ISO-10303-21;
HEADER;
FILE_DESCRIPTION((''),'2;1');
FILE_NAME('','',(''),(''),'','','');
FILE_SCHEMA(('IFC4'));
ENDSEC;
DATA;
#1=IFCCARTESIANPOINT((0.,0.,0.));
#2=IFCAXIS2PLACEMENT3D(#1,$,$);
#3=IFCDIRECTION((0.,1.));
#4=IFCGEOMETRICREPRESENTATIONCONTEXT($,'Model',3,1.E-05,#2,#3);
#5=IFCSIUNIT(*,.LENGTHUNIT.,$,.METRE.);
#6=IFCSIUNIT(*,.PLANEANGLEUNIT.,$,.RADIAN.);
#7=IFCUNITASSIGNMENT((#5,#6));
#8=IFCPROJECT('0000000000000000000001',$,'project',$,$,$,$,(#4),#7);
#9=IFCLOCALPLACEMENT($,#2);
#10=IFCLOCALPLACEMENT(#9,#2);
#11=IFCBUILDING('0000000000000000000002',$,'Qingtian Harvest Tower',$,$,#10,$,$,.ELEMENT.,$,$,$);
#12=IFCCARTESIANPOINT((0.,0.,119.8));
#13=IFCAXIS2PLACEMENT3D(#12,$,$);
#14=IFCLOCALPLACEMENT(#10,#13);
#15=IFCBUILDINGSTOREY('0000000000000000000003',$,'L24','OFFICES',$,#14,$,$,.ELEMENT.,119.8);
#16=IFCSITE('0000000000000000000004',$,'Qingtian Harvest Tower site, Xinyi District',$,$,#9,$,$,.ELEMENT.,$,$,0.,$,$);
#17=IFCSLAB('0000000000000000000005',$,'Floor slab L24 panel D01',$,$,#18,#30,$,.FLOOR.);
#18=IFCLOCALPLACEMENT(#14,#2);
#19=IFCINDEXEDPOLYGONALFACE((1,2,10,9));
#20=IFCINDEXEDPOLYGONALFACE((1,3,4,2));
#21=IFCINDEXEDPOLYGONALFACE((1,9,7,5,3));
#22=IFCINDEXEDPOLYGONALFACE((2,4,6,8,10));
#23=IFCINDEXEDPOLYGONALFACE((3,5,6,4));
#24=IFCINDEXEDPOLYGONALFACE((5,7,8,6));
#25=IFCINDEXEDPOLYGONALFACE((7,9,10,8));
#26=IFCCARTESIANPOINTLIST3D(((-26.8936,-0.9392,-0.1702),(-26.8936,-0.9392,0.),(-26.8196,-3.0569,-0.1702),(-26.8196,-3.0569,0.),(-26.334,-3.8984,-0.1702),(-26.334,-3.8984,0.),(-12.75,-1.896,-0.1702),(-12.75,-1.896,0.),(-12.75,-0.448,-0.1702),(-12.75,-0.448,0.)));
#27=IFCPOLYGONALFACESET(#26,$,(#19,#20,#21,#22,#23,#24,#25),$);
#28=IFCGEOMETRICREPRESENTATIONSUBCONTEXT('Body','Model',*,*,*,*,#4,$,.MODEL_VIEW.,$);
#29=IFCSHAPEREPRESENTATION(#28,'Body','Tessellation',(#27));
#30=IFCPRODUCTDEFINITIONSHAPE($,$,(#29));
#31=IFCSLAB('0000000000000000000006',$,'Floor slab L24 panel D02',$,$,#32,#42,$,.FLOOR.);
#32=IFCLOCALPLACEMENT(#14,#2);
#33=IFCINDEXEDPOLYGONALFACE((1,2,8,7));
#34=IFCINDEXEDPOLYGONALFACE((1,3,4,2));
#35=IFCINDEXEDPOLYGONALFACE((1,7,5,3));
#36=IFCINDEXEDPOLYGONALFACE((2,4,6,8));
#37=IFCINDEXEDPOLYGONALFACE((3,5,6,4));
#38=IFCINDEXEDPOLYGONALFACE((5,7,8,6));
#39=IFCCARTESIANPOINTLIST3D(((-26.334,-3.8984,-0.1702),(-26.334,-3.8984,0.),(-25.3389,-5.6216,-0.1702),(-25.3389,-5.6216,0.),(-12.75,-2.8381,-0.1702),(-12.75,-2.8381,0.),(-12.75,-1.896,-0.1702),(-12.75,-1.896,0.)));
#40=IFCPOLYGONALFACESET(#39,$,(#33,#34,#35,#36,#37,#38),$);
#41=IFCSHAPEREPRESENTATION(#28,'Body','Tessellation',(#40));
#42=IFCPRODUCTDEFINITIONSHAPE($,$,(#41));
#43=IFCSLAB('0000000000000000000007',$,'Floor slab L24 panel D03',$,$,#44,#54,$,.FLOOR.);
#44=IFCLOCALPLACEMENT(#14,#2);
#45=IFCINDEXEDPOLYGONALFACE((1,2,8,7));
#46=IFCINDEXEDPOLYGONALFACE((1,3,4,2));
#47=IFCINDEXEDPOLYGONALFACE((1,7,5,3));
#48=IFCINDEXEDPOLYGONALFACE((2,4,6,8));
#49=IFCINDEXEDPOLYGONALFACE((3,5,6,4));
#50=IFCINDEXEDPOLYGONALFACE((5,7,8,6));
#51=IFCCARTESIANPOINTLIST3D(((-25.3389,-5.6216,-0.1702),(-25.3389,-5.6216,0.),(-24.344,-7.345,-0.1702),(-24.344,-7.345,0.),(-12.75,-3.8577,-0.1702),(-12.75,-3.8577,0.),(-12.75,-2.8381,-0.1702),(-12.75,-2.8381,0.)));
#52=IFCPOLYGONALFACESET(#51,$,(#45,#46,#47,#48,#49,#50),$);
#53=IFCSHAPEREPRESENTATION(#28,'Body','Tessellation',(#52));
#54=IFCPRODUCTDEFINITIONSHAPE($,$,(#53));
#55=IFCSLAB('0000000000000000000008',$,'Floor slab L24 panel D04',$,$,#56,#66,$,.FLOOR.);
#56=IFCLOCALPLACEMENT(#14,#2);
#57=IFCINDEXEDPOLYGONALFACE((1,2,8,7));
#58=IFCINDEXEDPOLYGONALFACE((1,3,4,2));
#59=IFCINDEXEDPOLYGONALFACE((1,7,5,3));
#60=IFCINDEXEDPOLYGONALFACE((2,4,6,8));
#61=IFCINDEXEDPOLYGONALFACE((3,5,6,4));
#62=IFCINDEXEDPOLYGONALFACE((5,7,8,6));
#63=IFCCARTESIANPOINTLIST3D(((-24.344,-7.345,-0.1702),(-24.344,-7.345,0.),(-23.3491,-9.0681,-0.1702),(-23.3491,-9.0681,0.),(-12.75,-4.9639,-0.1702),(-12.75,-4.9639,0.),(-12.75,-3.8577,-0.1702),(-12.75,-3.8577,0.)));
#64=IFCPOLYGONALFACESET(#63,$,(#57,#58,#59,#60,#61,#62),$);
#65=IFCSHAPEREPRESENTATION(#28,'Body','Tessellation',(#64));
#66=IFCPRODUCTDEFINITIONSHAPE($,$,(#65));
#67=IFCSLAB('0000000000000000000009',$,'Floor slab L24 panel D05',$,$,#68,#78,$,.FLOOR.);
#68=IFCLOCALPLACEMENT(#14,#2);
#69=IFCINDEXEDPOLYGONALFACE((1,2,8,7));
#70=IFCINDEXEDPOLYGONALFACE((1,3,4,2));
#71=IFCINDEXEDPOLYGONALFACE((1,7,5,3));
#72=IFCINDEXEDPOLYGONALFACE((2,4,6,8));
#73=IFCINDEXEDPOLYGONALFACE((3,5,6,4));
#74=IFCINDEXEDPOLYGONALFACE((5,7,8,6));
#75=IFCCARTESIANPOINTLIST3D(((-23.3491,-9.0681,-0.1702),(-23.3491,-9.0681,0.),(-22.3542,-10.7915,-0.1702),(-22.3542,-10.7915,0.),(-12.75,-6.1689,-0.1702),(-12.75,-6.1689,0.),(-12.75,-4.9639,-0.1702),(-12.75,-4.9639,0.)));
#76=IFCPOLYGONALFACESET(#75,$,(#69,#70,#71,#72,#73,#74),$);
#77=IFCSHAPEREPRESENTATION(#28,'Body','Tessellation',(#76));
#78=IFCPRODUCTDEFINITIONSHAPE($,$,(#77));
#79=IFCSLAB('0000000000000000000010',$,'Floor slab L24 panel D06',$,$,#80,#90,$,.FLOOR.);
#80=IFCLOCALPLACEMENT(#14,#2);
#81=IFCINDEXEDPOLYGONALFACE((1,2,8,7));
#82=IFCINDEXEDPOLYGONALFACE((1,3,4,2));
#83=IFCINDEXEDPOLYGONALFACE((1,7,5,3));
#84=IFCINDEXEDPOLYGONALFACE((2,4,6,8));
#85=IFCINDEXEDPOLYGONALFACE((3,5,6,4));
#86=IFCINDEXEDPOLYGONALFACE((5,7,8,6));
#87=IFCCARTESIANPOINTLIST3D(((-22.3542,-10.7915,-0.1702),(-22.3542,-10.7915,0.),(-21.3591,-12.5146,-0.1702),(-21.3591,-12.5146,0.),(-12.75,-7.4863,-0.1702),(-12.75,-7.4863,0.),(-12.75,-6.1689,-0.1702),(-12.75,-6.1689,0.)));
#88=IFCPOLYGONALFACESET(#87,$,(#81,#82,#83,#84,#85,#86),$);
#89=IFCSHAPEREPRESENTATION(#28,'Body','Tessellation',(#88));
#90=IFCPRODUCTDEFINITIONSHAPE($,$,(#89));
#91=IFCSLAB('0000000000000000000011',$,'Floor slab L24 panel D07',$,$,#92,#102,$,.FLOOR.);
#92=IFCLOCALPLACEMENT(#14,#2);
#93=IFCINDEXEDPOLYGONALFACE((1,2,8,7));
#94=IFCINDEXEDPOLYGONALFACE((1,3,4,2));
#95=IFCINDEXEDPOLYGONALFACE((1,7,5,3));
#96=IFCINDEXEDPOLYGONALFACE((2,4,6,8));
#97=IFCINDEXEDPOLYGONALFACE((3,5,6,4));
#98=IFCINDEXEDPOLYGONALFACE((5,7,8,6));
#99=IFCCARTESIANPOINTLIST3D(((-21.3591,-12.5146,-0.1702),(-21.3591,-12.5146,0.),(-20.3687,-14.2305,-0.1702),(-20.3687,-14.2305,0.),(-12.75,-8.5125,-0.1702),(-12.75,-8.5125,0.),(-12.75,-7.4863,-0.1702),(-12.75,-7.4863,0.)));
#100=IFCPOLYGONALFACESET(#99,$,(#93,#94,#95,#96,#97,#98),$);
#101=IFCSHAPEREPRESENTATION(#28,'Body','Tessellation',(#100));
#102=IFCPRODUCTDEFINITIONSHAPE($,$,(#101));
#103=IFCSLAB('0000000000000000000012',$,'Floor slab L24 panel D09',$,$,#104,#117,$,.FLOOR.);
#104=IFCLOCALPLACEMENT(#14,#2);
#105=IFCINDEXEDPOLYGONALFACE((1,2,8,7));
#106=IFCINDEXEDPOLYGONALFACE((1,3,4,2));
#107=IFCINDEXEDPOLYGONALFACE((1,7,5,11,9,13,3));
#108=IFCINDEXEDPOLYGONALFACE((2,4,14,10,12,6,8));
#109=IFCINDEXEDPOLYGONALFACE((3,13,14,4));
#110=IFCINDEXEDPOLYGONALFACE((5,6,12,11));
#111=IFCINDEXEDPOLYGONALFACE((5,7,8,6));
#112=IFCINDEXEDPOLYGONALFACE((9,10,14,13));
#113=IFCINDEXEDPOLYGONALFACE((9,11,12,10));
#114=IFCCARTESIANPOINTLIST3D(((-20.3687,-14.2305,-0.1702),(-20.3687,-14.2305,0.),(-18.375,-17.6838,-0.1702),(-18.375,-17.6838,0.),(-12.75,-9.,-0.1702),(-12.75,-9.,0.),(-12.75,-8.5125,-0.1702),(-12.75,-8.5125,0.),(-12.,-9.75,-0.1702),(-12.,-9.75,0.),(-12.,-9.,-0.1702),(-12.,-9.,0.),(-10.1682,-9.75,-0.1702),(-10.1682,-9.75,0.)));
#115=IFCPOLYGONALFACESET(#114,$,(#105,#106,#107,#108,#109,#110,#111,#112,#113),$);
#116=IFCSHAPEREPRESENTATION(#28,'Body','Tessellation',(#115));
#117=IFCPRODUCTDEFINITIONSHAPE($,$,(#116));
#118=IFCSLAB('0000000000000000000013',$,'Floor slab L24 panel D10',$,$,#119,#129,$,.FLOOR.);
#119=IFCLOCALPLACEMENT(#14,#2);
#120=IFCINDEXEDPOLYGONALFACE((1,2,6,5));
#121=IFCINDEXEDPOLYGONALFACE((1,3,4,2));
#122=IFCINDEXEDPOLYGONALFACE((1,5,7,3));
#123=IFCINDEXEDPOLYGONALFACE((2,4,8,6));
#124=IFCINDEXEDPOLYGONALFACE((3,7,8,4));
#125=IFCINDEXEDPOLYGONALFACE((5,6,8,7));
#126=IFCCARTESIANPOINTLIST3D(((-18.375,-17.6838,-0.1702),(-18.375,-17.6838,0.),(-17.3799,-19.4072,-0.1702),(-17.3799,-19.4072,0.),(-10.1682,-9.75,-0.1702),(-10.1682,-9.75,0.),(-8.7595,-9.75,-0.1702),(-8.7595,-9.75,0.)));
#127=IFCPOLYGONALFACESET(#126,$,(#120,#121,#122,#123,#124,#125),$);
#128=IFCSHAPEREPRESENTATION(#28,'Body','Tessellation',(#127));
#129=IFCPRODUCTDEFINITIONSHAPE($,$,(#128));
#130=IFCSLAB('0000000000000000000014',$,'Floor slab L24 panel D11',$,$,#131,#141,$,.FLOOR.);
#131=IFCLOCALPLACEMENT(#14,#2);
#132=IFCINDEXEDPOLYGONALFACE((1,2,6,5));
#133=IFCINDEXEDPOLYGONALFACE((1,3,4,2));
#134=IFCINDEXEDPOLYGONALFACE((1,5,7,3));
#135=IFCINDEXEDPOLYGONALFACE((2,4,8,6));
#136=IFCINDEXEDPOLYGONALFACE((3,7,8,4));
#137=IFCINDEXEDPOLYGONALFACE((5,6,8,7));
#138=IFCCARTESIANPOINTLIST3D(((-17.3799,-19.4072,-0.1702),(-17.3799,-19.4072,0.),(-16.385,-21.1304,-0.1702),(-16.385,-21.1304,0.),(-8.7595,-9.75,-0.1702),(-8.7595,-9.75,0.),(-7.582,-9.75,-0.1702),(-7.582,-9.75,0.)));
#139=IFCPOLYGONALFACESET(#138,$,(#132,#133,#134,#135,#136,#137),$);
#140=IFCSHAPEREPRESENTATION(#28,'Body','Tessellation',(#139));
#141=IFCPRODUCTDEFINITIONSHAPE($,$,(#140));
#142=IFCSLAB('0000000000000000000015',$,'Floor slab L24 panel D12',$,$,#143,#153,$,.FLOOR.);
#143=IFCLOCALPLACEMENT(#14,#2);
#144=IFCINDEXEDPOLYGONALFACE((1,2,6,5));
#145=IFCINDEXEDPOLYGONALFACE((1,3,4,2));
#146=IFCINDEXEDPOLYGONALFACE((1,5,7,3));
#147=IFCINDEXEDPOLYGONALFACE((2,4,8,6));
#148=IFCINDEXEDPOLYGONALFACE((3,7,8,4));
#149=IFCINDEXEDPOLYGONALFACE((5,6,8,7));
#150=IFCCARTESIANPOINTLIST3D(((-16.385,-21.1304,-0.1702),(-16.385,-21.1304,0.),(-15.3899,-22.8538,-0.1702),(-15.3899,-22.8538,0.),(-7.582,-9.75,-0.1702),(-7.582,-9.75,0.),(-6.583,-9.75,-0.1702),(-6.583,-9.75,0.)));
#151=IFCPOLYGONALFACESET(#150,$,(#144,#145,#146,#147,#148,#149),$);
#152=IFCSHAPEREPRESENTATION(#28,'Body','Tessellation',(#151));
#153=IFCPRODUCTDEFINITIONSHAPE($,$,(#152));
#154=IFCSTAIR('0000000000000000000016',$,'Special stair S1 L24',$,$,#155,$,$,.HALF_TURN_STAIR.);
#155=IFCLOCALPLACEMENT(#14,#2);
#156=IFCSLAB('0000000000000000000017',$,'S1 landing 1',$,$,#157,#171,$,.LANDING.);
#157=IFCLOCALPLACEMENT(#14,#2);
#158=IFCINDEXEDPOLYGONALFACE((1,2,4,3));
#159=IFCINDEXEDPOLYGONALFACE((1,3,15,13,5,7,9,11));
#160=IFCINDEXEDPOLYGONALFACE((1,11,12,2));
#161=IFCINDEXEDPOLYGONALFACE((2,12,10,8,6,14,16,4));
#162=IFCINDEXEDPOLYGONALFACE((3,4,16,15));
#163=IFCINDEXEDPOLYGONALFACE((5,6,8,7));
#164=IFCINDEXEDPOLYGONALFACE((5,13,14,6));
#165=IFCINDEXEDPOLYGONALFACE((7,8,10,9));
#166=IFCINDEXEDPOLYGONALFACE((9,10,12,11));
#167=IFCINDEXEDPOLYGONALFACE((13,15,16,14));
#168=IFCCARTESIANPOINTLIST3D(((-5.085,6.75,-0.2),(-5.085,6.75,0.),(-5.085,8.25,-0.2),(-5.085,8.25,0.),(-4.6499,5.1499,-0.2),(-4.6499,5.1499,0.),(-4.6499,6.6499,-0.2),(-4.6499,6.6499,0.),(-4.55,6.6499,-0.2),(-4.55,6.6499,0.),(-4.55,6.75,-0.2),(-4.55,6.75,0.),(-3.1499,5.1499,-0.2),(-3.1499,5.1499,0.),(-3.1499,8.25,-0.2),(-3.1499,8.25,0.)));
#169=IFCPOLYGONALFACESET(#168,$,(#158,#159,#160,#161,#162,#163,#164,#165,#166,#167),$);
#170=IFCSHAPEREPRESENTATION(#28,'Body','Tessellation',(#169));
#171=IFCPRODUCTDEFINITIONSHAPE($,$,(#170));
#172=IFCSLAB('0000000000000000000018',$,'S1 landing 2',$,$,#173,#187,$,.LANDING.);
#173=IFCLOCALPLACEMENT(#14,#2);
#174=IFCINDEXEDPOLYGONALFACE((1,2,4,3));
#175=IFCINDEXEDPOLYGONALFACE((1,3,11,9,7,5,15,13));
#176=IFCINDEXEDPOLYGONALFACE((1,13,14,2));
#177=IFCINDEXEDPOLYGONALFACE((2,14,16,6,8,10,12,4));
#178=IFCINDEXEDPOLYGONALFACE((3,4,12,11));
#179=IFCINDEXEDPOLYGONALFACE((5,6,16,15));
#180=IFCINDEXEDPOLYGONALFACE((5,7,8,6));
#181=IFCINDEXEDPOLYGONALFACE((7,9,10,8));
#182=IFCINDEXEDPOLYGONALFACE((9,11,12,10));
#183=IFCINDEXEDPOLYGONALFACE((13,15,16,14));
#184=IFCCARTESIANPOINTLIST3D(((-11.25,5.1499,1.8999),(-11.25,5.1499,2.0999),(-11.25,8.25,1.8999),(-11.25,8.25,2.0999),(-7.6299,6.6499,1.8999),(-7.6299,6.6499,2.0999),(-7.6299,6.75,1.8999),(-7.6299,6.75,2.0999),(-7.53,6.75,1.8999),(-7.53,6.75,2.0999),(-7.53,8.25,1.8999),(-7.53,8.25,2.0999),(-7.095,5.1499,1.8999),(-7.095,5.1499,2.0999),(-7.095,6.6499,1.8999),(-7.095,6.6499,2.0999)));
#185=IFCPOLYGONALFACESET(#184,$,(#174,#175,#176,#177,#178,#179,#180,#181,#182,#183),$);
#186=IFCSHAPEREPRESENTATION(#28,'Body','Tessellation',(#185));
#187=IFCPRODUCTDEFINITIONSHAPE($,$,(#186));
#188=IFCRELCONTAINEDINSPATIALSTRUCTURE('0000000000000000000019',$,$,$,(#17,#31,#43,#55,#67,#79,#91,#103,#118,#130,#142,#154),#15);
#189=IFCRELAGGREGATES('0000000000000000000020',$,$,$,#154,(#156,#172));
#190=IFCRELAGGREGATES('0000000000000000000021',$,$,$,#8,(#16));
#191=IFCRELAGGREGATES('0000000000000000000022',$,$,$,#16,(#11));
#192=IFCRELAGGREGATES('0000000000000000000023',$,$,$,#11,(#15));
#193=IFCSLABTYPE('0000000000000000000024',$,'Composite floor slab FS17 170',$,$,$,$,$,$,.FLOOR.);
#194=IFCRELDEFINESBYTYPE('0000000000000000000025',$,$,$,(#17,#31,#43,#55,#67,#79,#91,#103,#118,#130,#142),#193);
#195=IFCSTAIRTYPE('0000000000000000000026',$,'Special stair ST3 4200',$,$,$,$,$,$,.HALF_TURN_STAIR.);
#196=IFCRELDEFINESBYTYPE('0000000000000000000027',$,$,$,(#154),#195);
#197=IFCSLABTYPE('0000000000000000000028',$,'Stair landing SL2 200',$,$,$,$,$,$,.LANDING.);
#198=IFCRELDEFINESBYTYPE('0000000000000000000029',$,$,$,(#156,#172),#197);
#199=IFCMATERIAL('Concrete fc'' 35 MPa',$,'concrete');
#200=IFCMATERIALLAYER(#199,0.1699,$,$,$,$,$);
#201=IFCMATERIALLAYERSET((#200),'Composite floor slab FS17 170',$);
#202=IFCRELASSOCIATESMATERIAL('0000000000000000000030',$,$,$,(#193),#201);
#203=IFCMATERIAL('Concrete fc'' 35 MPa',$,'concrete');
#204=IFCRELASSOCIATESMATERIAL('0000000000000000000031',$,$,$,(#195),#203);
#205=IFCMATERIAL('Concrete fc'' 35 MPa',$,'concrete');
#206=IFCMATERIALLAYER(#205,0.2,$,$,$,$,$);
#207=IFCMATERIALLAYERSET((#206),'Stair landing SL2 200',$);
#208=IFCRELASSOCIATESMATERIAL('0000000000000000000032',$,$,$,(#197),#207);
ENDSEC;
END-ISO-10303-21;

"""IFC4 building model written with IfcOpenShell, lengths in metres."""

from ifc_helpers import new_model, si_unit, direction, frame, origin, place, context, subcontext, project, spatial, polyline, outline, extrude, material, layer, layer_set, type_object, element, aggregate, save


model = new_model("IFC4")

# Units and contexts
model_context = context("Model", 3, precision=1e-05, world=origin(), true_north=direction((0.0, 1.0)))
body_context = subcontext(model_context, "Body", "Model", "MODEL_VIEW")
ifc_project = project(units=[si_unit("LENGTHUNIT", "METRE"), si_unit("PLANEANGLEUNIT", "RADIAN")], contexts=[model_context])

# Site, building, storey
site_placement = place(None, origin())
site = spatial("IfcSite", under=ifc_project, at=site_placement, Name="Qingtian Harvest Tower site, Xinyi District", CompositionType="ELEMENT", RefElevation=0.0)
building_placement = place(site_placement, origin())
building = spatial("IfcBuilding", under=site, at=building_placement, Name="Qingtian Harvest Tower", CompositionType="ELEMENT")
storey_placement = place(building_placement, frame((0.0, 0.0, 119.8)))
storey = spatial("IfcBuildingStorey", under=building, at=storey_placement, Name="L24", Description="OFFICES", CompositionType="ELEMENT", Elevation=119.8)

# Slabs
ifc_material_1 = material(Name="Concrete fc' 35 MPa", Category="concrete")
ifc_layer_1 = layer(ifc_material_1, 0.1699)
ifc_layer_set_1 = layer_set([ifc_layer_1], Name="Composite floor slab FS17 170")
slab_type_1 = type_object("IfcSlabType", Name="Composite floor slab FS17 170", PredefinedType="FLOOR", material=ifc_layer_set_1)
slab_1_placement = place(storey_placement, frame((0.0, 0.0, -0.1702)))
element("IfcSlab", 1, at=slab_1_placement, inside=storey, type_object=slab_type_1, Name="Floor slab L24 panel D01", PredefinedType="FLOOR", context=body_context, shape_type="SweptSolid", body=[
    extrude(outline(polyline([(-26.8936, -0.9392), (-12.75, -0.448), (-12.75, -1.896), (-26.334, -3.8984), (-26.8196, -3.0569), (-26.8936, -0.9392)])), origin(), (0.0, 0.0, 1.0), 0.1702),
])
slab_2_placement = place(storey_placement, frame((0.0, 0.0, -0.1702)))
element("IfcSlab", 2, at=slab_2_placement, inside=storey, type_object=slab_type_1, Name="Floor slab L24 panel D02", PredefinedType="FLOOR", context=body_context, shape_type="SweptSolid", body=[
    extrude(outline(polyline([(-12.75, -2.8381), (-25.3389, -5.6216), (-26.334, -3.8984), (-12.75, -1.896), (-12.75, -2.8381)])), origin(), (0.0, 0.0, 1.0), 0.1702),
])
slab_3_placement = place(storey_placement, frame((0.0, 0.0, -0.1702)))
element("IfcSlab", 3, at=slab_3_placement, inside=storey, type_object=slab_type_1, Name="Floor slab L24 panel D03", PredefinedType="FLOOR", context=body_context, shape_type="SweptSolid", body=[
    extrude(outline(polyline([(-12.75, -3.8577), (-24.344, -7.345), (-25.3389, -5.6216), (-12.75, -2.8381), (-12.75, -3.8577)])), origin(), (0.0, 0.0, 1.0), 0.1702),
])
slab_4_placement = place(storey_placement, frame((0.0, 0.0, -0.1702)))
element("IfcSlab", 4, at=slab_4_placement, inside=storey, type_object=slab_type_1, Name="Floor slab L24 panel D04", PredefinedType="FLOOR", context=body_context, shape_type="SweptSolid", body=[
    extrude(outline(polyline([(-12.75, -4.9639), (-23.3491, -9.0681), (-24.344, -7.345), (-12.75, -3.8577), (-12.75, -4.9639)])), origin(), (0.0, 0.0, 1.0), 0.1702),
])
slab_5_placement = place(storey_placement, frame((0.0, 0.0, -0.1702)))
element("IfcSlab", 5, at=slab_5_placement, inside=storey, type_object=slab_type_1, Name="Floor slab L24 panel D05", PredefinedType="FLOOR", context=body_context, shape_type="SweptSolid", body=[
    extrude(outline(polyline([(-12.75, -6.1689), (-22.3542, -10.7915), (-23.3491, -9.0681), (-12.75, -4.9639), (-12.75, -6.1689)])), origin(), (0.0, 0.0, 1.0), 0.1702),
])
slab_6_placement = place(storey_placement, frame((0.0, 0.0, -0.1702)))
element("IfcSlab", 6, at=slab_6_placement, inside=storey, type_object=slab_type_1, Name="Floor slab L24 panel D06", PredefinedType="FLOOR", context=body_context, shape_type="SweptSolid", body=[
    extrude(outline(polyline([(-12.75, -7.4863), (-21.3591, -12.5146), (-22.3542, -10.7915), (-12.75, -6.1689), (-12.75, -7.4863)])), origin(), (0.0, 0.0, 1.0), 0.1702),
])
slab_7_placement = place(storey_placement, frame((0.0, 0.0, -0.1702)))
element("IfcSlab", 7, at=slab_7_placement, inside=storey, type_object=slab_type_1, Name="Floor slab L24 panel D07", PredefinedType="FLOOR", context=body_context, shape_type="SweptSolid", body=[
    extrude(outline(polyline([(-12.75, -8.5125), (-20.3687, -14.2305), (-21.3591, -12.5146), (-12.75, -7.4863), (-12.75, -8.5125)])), origin(), (0.0, 0.0, 1.0), 0.1702),
])
slab_8_placement = place(storey_placement, frame((0.0, 0.0, -0.1702)))
element("IfcSlab", 8, at=slab_8_placement, inside=storey, type_object=slab_type_1, Name="Floor slab L24 panel D09", PredefinedType="FLOOR", context=body_context, shape_type="SweptSolid", body=[
    extrude(outline(polyline([(-18.375, -17.6838), (-20.3687, -14.2305), (-12.75, -8.5125), (-12.75, -9.0), (-12.0, -9.0), (-12.0, -9.75), (-10.1682, -9.75), (-18.375, -17.6838)])), origin(), (0.0, 0.0, 1.0), 0.1702),
])
slab_9_placement = place(storey_placement, frame((0.0, 0.0, -0.1702)))
element("IfcSlab", 9, at=slab_9_placement, inside=storey, type_object=slab_type_1, Name="Floor slab L24 panel D10", PredefinedType="FLOOR", context=body_context, shape_type="SweptSolid", body=[
    extrude(outline(polyline([(-8.7595, -9.75), (-17.3799, -19.4072), (-18.375, -17.6838), (-10.1682, -9.75), (-8.7595, -9.75)])), origin(), (0.0, 0.0, 1.0), 0.1702),
])
slab_10_placement = place(storey_placement, frame((0.0, 0.0, -0.1702)))
element("IfcSlab", 10, at=slab_10_placement, inside=storey, type_object=slab_type_1, Name="Floor slab L24 panel D11", PredefinedType="FLOOR", context=body_context, shape_type="SweptSolid", body=[
    extrude(outline(polyline([(-7.582, -9.75), (-16.385, -21.1304), (-17.3799, -19.4072), (-8.7595, -9.75), (-7.582, -9.75)])), origin(), (0.0, 0.0, 1.0), 0.1702),
])
slab_11_placement = place(storey_placement, frame((0.0, 0.0, -0.1702)))
element("IfcSlab", 11, at=slab_11_placement, inside=storey, type_object=slab_type_1, Name="Floor slab L24 panel D12", PredefinedType="FLOOR", context=body_context, shape_type="SweptSolid", body=[
    extrude(outline(polyline([(-6.583, -9.75), (-15.3899, -22.8538), (-16.385, -21.1304), (-7.582, -9.75), (-6.583, -9.75)])), origin(), (0.0, 0.0, 1.0), 0.1702),
])

# Stair, slabs
ifc_material_2 = material(Name="Concrete fc' 35 MPa", Category="concrete")
stair_type = type_object("IfcStairType", Name="Special stair ST3 4200", PredefinedType="HALF_TURN_STAIR", material=ifc_material_2)
stair_1_placement = place(storey_placement, origin())
stair_1 = element("IfcStair", 12, at=stair_1_placement, inside=storey, type_object=stair_type, Name="Special stair S1 L24", PredefinedType="HALF_TURN_STAIR")
ifc_material_3 = material(Name="Concrete fc' 35 MPa", Category="concrete")
ifc_layer_2 = layer(ifc_material_3, 0.2)
ifc_layer_set_2 = layer_set([ifc_layer_2], Name="Stair landing SL2 200")
slab_type_2 = type_object("IfcSlabType", Name="Stair landing SL2 200", PredefinedType="LANDING", material=ifc_layer_set_2)
slab_12_placement = place(storey_placement, frame((0.0, 0.0, -0.2)))
slab_12 = element("IfcSlab", 13, at=slab_12_placement, type_object=slab_type_2, Name="S1 landing 1", PredefinedType="LANDING", context=body_context, shape_type="SweptSolid", body=[
    extrude(outline(polyline([(-4.6499, 5.1499), (-4.6499, 6.6499), (-4.55, 6.6499), (-4.55, 6.75), (-5.085, 6.75), (-5.085, 8.25), (-3.1499, 8.25), (-3.1499, 5.1499), (-4.6499, 5.1499)])), origin(), (0.0, 0.0, 1.0), 0.2),
])
slab_13_placement = place(storey_placement, frame((0.0, 0.0, 1.8999)))
slab_13 = element("IfcSlab", 14, at=slab_13_placement, type_object=slab_type_2, Name="S1 landing 2", PredefinedType="LANDING", context=body_context, shape_type="SweptSolid", body=[
    extrude(outline(polyline([(-7.095, 5.1499), (-11.25, 5.1499), (-11.25, 8.25), (-7.53, 8.25), (-7.53, 6.75), (-7.6299, 6.75), (-7.6299, 6.6499), (-7.095, 6.6499), (-7.095, 5.1499)])), origin(), (0.0, 0.0, 1.0), 0.2),
])
aggregate(stair_1, [slab_12, slab_13])

save(model, "model.ifc")
